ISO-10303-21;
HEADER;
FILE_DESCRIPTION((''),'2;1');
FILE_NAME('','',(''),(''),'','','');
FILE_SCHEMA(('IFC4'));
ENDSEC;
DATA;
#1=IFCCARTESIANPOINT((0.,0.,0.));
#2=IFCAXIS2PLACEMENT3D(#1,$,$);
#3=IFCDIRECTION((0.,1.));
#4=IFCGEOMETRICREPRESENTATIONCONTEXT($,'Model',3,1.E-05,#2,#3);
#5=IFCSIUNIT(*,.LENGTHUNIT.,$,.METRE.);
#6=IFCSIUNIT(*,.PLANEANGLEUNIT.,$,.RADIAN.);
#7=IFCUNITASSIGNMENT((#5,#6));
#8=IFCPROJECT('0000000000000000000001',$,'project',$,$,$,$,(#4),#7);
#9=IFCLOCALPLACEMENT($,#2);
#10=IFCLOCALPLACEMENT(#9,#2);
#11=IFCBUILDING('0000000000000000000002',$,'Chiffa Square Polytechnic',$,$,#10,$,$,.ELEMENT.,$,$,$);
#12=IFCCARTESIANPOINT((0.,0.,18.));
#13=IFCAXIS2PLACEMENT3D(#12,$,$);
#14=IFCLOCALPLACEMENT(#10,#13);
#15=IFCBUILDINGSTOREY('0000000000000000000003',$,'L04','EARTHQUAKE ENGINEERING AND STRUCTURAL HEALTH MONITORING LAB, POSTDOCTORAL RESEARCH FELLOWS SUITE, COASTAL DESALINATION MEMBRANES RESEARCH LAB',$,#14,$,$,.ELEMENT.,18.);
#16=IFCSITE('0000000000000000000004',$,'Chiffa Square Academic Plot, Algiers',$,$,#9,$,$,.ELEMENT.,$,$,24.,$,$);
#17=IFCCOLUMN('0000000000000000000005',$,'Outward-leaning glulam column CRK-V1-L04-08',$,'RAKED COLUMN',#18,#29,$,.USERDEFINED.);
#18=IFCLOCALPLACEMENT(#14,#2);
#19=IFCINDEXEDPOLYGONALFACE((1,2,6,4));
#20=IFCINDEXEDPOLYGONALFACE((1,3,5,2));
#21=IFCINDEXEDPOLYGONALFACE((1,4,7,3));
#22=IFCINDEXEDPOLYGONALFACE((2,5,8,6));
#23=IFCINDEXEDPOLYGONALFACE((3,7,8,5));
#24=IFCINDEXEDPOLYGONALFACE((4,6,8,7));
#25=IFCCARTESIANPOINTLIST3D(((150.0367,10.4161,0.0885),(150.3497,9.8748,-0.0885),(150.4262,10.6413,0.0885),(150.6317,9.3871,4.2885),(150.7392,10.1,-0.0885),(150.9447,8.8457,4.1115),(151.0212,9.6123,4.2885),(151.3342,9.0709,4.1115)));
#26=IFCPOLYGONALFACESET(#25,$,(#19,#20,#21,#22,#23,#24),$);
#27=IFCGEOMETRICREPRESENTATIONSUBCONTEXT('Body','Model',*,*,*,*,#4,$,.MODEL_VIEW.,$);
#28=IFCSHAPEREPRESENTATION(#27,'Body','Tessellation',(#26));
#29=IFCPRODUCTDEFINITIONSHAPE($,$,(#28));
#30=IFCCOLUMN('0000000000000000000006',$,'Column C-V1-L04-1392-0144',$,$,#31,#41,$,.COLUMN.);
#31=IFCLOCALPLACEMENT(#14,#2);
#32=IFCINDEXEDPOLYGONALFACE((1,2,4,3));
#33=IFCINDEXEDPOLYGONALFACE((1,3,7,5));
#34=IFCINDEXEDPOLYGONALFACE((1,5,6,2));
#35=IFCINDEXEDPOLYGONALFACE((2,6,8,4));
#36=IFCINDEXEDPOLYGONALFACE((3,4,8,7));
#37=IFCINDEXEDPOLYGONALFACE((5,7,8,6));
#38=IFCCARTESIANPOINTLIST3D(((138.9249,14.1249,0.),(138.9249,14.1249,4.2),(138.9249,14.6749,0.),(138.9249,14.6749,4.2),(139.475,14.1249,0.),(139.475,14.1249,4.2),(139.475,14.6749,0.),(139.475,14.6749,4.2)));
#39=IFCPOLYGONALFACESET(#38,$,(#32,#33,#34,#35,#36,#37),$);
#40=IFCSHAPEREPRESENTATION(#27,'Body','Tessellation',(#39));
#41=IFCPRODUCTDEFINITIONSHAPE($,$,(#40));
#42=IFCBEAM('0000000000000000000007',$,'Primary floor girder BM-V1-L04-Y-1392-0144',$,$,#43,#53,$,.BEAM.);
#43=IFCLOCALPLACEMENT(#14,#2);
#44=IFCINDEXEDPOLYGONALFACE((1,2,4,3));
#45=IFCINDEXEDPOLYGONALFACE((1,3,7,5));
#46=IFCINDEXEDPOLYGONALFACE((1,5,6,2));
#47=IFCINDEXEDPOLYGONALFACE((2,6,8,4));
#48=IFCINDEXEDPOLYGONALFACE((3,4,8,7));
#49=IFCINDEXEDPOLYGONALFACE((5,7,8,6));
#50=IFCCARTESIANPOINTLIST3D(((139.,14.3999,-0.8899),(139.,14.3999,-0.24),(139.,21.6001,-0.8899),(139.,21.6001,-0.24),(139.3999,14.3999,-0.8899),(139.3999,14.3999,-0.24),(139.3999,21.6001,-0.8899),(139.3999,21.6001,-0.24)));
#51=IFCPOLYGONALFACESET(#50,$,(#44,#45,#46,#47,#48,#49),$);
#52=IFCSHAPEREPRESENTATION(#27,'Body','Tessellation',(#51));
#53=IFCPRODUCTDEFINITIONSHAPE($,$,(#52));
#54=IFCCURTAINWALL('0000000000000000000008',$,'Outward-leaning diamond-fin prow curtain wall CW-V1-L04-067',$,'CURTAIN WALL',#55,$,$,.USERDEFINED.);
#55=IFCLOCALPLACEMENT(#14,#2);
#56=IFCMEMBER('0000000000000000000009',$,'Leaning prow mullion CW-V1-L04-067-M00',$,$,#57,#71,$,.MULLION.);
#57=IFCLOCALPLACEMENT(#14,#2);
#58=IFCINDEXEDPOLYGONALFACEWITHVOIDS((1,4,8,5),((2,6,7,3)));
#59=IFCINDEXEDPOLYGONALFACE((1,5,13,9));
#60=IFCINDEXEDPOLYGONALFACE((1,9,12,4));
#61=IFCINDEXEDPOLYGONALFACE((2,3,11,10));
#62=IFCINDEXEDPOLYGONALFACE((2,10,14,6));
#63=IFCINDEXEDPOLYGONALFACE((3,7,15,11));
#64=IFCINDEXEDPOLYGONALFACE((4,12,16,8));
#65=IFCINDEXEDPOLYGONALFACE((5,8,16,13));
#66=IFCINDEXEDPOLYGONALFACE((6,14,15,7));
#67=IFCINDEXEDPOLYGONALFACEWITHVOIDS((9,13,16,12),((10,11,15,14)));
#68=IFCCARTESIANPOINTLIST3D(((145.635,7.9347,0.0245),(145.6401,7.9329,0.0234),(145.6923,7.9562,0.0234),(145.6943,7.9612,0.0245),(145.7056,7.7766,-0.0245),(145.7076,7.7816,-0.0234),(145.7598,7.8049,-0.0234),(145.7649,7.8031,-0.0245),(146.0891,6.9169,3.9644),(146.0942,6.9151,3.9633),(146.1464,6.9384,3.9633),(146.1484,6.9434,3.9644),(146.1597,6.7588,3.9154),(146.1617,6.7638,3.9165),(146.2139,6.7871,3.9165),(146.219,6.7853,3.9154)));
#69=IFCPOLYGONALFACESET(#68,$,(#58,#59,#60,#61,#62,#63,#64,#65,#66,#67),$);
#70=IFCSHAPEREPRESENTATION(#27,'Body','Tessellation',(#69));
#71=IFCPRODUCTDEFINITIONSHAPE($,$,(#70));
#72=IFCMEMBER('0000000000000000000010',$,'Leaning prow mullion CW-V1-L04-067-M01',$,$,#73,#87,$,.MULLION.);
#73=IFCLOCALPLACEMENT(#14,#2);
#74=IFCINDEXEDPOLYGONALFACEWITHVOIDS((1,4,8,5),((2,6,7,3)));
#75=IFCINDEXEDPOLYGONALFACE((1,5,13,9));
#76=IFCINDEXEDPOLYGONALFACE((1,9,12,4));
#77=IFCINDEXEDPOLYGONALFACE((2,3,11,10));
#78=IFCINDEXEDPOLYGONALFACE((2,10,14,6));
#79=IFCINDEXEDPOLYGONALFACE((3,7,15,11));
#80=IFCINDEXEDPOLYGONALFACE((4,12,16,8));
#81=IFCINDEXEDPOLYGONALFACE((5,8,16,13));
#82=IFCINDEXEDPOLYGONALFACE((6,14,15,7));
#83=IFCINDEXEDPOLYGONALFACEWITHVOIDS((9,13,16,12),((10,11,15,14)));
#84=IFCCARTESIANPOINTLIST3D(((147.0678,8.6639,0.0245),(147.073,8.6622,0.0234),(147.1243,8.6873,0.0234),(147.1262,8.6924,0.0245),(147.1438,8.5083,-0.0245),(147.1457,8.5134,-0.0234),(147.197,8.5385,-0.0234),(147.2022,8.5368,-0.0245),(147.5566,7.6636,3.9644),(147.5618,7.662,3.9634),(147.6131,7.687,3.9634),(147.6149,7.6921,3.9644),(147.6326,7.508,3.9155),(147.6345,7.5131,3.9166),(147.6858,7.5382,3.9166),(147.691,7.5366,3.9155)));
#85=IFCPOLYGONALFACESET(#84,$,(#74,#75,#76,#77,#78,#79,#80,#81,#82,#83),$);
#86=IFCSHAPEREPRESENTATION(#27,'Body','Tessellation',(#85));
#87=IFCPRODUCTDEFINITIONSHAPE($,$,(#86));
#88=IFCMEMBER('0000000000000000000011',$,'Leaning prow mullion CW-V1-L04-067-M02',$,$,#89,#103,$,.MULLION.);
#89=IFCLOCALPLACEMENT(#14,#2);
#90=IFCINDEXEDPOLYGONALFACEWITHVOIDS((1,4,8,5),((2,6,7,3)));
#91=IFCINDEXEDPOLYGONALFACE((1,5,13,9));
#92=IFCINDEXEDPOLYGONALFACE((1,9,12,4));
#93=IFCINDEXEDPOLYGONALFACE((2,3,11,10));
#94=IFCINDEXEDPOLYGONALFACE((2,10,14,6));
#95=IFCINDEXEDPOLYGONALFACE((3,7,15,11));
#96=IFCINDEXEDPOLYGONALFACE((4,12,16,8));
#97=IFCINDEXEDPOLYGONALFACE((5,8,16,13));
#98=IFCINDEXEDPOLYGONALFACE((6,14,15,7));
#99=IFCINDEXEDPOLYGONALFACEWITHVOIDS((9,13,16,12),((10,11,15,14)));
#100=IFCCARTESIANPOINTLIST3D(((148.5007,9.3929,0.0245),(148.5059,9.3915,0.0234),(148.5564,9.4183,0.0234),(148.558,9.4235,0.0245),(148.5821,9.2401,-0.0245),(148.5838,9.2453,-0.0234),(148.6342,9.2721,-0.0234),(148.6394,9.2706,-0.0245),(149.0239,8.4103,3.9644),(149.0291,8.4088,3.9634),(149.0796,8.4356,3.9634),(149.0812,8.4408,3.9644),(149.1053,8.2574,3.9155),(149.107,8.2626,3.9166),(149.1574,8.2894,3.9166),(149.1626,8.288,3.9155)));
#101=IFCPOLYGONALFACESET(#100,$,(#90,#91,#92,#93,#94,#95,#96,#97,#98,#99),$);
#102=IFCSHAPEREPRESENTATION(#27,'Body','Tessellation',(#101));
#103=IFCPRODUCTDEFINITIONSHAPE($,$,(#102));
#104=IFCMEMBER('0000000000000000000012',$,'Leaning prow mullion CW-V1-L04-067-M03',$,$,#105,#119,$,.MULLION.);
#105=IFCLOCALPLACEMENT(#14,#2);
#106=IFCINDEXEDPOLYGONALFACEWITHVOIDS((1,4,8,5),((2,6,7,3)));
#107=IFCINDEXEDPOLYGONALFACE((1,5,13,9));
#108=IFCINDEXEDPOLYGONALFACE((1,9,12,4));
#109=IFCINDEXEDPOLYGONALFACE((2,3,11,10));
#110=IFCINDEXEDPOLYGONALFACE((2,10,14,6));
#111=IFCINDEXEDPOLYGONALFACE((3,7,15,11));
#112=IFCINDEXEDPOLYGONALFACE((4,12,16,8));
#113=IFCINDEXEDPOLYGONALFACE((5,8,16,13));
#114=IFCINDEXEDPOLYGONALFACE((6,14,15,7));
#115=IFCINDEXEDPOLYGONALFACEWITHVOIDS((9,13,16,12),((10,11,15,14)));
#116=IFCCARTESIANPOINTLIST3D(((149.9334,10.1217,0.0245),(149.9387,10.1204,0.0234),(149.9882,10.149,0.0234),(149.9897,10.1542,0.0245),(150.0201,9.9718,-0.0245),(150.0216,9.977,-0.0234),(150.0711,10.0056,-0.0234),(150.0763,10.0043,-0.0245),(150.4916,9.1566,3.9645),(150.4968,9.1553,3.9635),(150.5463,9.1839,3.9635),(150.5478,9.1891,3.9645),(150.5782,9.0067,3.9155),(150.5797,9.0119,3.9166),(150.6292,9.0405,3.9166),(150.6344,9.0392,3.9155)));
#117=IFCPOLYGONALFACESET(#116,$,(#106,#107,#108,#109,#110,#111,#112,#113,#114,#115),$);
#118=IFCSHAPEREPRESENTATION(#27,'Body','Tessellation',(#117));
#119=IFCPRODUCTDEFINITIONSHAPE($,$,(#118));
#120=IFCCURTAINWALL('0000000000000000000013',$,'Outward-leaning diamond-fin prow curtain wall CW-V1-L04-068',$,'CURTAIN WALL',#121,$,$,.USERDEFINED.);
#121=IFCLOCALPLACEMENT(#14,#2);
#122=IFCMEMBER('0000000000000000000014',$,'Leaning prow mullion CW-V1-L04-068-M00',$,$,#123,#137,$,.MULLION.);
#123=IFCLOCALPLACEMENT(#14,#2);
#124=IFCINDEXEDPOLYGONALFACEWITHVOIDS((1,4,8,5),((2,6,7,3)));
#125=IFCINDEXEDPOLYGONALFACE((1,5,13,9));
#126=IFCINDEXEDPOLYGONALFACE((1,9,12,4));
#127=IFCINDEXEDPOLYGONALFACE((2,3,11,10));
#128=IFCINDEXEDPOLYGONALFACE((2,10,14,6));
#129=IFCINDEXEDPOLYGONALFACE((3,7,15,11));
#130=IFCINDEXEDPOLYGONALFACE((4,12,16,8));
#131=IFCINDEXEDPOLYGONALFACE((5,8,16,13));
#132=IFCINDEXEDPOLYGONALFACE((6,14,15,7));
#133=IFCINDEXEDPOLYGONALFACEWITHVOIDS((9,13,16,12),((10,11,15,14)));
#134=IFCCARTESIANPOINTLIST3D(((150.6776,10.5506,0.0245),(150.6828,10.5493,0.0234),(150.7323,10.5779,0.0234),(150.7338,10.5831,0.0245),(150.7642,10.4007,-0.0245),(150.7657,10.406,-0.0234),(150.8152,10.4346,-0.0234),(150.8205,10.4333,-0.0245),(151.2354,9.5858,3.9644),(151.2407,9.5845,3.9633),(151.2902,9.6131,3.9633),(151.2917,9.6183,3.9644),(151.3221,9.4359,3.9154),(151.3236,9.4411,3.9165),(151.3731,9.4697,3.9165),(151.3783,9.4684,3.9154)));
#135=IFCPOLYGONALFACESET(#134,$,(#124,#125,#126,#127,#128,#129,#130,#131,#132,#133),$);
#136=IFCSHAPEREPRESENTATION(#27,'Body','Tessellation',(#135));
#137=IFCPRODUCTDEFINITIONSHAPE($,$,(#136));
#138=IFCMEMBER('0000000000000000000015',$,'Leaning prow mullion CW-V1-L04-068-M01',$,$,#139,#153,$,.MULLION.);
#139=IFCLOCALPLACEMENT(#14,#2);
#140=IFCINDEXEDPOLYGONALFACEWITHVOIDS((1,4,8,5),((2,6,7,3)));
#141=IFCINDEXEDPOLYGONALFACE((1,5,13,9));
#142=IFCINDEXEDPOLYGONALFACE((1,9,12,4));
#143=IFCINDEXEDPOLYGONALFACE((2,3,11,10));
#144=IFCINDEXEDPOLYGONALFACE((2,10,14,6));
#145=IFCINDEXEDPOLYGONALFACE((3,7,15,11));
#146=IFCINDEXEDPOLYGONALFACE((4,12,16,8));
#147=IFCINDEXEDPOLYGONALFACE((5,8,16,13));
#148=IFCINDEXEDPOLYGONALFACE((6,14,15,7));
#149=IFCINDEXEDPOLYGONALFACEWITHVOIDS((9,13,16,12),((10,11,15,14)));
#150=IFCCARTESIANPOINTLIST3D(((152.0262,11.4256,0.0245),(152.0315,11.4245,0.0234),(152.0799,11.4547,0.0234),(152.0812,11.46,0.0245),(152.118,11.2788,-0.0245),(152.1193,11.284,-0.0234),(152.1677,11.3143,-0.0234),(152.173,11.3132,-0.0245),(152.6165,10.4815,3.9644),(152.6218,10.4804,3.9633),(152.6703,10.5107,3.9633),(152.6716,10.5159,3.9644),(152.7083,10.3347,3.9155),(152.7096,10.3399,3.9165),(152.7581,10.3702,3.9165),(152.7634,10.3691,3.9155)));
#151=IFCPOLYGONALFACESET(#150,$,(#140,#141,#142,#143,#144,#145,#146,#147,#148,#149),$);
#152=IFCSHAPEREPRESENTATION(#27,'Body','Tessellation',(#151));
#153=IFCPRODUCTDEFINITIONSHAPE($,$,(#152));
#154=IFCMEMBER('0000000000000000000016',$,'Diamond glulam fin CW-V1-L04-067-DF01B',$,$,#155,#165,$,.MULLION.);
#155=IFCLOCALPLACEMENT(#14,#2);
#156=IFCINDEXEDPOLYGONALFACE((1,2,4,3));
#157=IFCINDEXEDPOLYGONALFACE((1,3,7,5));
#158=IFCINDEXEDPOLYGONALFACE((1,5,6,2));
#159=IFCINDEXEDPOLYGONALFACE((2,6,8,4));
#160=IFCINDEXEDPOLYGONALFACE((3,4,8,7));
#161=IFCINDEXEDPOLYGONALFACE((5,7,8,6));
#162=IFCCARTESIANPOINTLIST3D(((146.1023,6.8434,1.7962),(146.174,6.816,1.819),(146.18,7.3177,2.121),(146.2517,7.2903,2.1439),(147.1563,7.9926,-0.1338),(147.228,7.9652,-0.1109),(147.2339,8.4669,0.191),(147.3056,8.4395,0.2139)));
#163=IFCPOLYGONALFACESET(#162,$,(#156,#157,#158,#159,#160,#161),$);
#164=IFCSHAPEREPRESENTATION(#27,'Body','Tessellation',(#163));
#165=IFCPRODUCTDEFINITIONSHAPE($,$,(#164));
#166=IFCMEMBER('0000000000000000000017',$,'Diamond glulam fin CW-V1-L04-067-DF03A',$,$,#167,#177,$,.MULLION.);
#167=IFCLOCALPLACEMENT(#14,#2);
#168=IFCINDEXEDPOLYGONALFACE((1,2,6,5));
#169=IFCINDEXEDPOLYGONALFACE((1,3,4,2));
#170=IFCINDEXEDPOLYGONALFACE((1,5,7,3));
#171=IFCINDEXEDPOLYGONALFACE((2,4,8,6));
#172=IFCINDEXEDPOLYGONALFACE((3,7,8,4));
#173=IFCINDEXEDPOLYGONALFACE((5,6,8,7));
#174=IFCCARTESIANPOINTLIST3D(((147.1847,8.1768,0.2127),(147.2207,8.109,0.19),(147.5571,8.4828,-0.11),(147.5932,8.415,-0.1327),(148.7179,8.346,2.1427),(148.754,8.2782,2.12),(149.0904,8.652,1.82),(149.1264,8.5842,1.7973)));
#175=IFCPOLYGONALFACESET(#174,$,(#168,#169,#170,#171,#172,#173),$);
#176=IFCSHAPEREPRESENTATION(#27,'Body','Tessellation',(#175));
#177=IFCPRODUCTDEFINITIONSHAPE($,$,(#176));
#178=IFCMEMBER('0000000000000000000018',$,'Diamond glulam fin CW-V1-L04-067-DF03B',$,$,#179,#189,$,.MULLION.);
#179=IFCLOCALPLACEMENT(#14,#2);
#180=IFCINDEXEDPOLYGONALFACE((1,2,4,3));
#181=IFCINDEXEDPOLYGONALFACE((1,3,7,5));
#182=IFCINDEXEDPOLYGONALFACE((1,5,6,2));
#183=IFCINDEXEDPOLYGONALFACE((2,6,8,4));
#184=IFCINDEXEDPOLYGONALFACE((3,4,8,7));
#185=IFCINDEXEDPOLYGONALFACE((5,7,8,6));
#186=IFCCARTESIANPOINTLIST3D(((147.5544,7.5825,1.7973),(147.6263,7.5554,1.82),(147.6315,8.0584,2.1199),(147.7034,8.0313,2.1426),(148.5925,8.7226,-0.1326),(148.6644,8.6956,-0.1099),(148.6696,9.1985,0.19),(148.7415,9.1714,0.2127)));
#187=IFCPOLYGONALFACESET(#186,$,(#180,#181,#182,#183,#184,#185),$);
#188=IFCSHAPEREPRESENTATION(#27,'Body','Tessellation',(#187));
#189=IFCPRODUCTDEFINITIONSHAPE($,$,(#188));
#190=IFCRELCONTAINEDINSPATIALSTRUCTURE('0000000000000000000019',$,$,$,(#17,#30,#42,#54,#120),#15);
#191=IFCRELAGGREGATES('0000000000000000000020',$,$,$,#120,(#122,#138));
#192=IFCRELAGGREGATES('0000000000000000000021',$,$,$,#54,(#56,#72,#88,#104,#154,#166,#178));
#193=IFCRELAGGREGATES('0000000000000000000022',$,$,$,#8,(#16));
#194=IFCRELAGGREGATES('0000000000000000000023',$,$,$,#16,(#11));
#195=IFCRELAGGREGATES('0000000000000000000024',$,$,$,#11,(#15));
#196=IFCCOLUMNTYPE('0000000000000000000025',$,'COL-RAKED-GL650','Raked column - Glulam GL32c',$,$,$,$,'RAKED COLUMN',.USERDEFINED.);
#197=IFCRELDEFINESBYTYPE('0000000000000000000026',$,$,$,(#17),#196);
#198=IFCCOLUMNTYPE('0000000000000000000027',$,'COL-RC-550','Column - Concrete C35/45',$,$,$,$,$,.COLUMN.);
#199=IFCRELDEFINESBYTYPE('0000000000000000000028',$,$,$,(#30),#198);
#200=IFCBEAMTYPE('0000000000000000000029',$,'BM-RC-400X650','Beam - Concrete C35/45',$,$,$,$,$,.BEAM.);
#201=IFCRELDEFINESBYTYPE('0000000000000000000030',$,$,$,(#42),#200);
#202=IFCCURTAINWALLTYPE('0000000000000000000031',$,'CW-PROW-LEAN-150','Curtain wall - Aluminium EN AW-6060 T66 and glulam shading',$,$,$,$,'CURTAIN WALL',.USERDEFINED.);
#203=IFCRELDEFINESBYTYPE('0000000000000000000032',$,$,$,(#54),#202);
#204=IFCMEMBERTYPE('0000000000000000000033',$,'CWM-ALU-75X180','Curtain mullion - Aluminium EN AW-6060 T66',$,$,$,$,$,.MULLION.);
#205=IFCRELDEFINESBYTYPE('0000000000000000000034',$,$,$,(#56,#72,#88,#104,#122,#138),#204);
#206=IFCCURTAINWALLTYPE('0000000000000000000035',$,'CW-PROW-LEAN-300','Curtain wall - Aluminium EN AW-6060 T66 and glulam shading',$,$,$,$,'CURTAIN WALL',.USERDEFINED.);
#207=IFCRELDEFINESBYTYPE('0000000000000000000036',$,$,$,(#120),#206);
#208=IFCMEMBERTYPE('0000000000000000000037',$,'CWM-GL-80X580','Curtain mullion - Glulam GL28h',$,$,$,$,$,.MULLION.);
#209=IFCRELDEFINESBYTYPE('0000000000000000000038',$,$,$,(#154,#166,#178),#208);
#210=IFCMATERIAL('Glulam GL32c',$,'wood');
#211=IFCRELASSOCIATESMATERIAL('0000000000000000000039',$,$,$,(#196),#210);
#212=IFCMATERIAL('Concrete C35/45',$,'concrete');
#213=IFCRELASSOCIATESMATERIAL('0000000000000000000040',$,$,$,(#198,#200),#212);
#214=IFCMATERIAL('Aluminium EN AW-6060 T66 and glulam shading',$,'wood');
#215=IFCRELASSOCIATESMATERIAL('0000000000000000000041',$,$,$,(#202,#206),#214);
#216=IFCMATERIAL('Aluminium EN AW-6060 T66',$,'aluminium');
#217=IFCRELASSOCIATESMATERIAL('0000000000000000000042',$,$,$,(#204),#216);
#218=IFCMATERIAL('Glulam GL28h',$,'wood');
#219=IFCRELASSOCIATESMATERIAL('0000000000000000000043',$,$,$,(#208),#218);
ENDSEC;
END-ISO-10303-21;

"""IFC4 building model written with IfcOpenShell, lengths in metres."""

from ifc_helpers import new_model, si_unit, direction, frame, origin, origin_2d, place, context, subcontext, project, spatial, rectangle, hollow_rectangle, extrude, material, material_profile, profile_set, type_object, element, aggregate, save


model = new_model("IFC4")

# Units and contexts
model_context = context("Model", 3, precision=1e-05, world=origin(), true_north=direction((0.0, 1.0)))
body_context = subcontext(model_context, "Body", "Model", "MODEL_VIEW")
ifc_project = project(units=[si_unit("LENGTHUNIT", "METRE"), si_unit("PLANEANGLEUNIT", "RADIAN")], contexts=[model_context])

# Site, building, storey
site_placement = place(None, origin())
site = spatial("IfcSite", under=ifc_project, at=site_placement, Name="Chiffa Square Academic Plot, Algiers", CompositionType="ELEMENT", RefElevation=24.0)
building_placement = place(site_placement, origin())
building = spatial("IfcBuilding", under=site, at=building_placement, Name="Chiffa Square Polytechnic", CompositionType="ELEMENT")
storey_placement = place(building_placement, frame((0.0, 0.0, 18.0)))
storey = spatial("IfcBuildingStorey", under=building, at=storey_placement, Name="L04", Description="EARTHQUAKE ENGINEERING AND STRUCTURAL HEALTH MONITORING LAB, POSTDOCTORAL RESEARCH FELLOWS SUITE, COASTAL DESALINATION MEMBRANES RESEARCH LAB", CompositionType="ELEMENT", Elevation=18.0)

# Columns
ifc_material_1 = material(Name="Glulam GL32c", Category="wood")
ifc_material_profile_1 = material_profile(ifc_material_1, rectangle(XDim=0.45, YDim=0.6499, at=origin_2d()), Name="GL32c 450x650")
ifc_profile_set_1 = profile_set([ifc_material_profile_1], Name="Glulam GL32c")
column_type_1 = type_object("IfcColumnType", Name="COL-RAKED-GL650", Description="Raked column - Glulam GL32c", ElementType="RAKED COLUMN", PredefinedType="USERDEFINED", material=ifc_profile_set_1)
column_1_placement = place(storey_placement, frame((150.3879, 10.2581, 0.0), z_axis=(0.136307, -0.235755, 0.962206), x_axis=(0.865717, 0.500534, 0.0)))
element("IfcColumn", 1, at=column_1_placement, inside=storey, type_object=column_type_1, Name="Outward-leaning glulam column CRK-V1-L04-08", ObjectType="RAKED COLUMN", PredefinedType="USERDEFINED", context=body_context, shape_type="SweptSolid", body=[
    extrude(rectangle(XDim=0.45, YDim=0.6499, at=origin_2d()), origin(), (0.0, 0.0, 1.0), 4.365),
])
ifc_material_2 = material(Name="Concrete C35/45", Category="concrete")
ifc_material_profile_2 = material_profile(ifc_material_2, rectangle(XDim=0.55, YDim=0.55, at=origin_2d()), Name="RC 550x550")
ifc_profile_set_2 = profile_set([ifc_material_profile_2], Name="Concrete C35/45")
column_type_2 = type_object("IfcColumnType", Name="COL-RC-550", Description="Column - Concrete C35/45", PredefinedType="COLUMN", material=ifc_profile_set_2)
column_2_placement = place(storey_placement, frame((139.2, 14.3999, 0.0), z_axis=(0.0, 0.0, 1.0), x_axis=(1.0, 0.0, 0.0)))
element("IfcColumn", 2, at=column_2_placement, inside=storey, type_object=column_type_2, Name="Column C-V1-L04-1392-0144", PredefinedType="COLUMN", context=body_context, shape_type="SweptSolid", body=[
    extrude(rectangle(XDim=0.55, YDim=0.55, at=origin_2d()), origin(), (0.0, 0.0, 1.0), 4.2),
])

# Beam
ifc_material_profile_3 = material_profile(ifc_material_2, rectangle(XDim=0.3999, YDim=0.6499, at=origin_2d()), Name="RC 400x650")
ifc_profile_set_3 = profile_set([ifc_material_profile_3], Name="Concrete C35/45")
beam_type_1 = type_object("IfcBeamType", Name="BM-RC-400X650", Description="Beam - Concrete C35/45", PredefinedType="BEAM", material=ifc_profile_set_3)
beam_1_placement = place(storey_placement, frame((139.2, 14.3999, -0.5649), z_axis=(0.0, 1.0, 0.0), x_axis=(-1.0, 0.0, 0.0)))
element("IfcBeam", 3, at=beam_1_placement, inside=storey, type_object=beam_type_1, Name="Primary floor girder BM-V1-L04-Y-1392-0144", PredefinedType="BEAM", context=body_context, shape_type="SweptSolid", body=[
    extrude(rectangle(XDim=0.3999, YDim=0.6499, at=origin_2d()), origin(), (0.0, 0.0, 1.0), 7.2002),
])

# Curtain walls, members
ifc_material_3 = material(Name="Aluminium EN AW-6060 T66 and glulam shading", Category="wood")
curtain_wall_type_1 = type_object("IfcCurtainWallType", Name="CW-PROW-LEAN-150", Description="Curtain wall - Aluminium EN AW-6060 T66 and glulam shading", ElementType="CURTAIN WALL", PredefinedType="USERDEFINED", material=ifc_material_3)
curtain_wall_1_placement = place(storey_placement, origin())
curtain_wall_1 = element("IfcCurtainWall", 4, at=curtain_wall_1_placement, inside=storey, type_object=curtain_wall_type_1, Name="Outward-leaning diamond-fin prow curtain wall CW-V1-L04-067", ObjectType="CURTAIN WALL", PredefinedType="USERDEFINED")
ifc_material_4 = material(Name="Aluminium EN AW-6060 T66", Category="aluminium")
ifc_material_profile_4 = material_profile(ifc_material_4, hollow_rectangle(XDim=0.0649, YDim=0.1799, WallThickness=0.0039, at=origin_2d()), Name="ALU 65x180x4")
ifc_profile_set_4 = profile_set([ifc_material_profile_4], Name="Aluminium EN AW-6060 T66")
member_type_1 = type_object("IfcMemberType", Name="CWM-ALU-75X180", Description="Curtain mullion - Aluminium EN AW-6060 T66", PredefinedType="MULLION", material=ifc_profile_set_4)
member_1_placement = place(storey_placement, frame((145.7, 7.8689, 0.0), z_axis=(0.110904, -0.24858, 0.962241), x_axis=(0.913233, 0.407439, 0.0)))
member_1 = element("IfcMember", 5, at=member_1_placement, type_object=member_type_1, Name="Leaning prow mullion CW-V1-L04-067-M00", PredefinedType="MULLION", context=body_context, shape_type="SweptSolid", body=[
    extrude(hollow_rectangle(XDim=0.0649, YDim=0.1799, WallThickness=0.0039, at=origin_2d()), origin(), (0.0, 0.0, 1.0), 4.0945),
])
member_2_placement = place(storey_placement, frame((147.135, 8.6003, 0.0), z_axis=(0.119381, -0.244307, 0.962321), x_axis=(0.898469, 0.439037, 0.0)))
member_2 = element("IfcMember", 6, at=member_2_placement, type_object=member_type_1, Name="Leaning prow mullion CW-V1-L04-067-M01", PredefinedType="MULLION", context=body_context, shape_type="SweptSolid", body=[
    extrude(hollow_rectangle(XDim=0.0649, YDim=0.1799, WallThickness=0.0039, at=origin_2d()), origin(), (0.0, 0.0, 1.0), 4.0942),
])
member_3_placement = place(storey_placement, frame((148.5701, 9.3318, 0.0), z_axis=(0.127789, -0.240014, 0.962322), x_axis=(0.882687, 0.469962, 0.0)))
member_3 = element("IfcMember", 7, at=member_3_placement, type_object=member_type_1, Name="Leaning prow mullion CW-V1-L04-067-M02", PredefinedType="MULLION", context=body_context, shape_type="SweptSolid", body=[
    extrude(hollow_rectangle(XDim=0.0649, YDim=0.1799, WallThickness=0.0039, at=origin_2d()), origin(), (0.0, 0.0, 1.0), 4.0942),
])
member_4_placement = place(storey_placement, frame((150.0049, 10.063, 0.0), z_axis=(0.136302, -0.235696, 0.962221), x_axis=(0.865671, 0.500613, 0.0)))
member_4 = element("IfcMember", 8, at=member_4_placement, type_object=member_type_1, Name="Leaning prow mullion CW-V1-L04-067-M03", PredefinedType="MULLION", context=body_context, shape_type="SweptSolid", body=[
    extrude(hollow_rectangle(XDim=0.0649, YDim=0.1799, WallThickness=0.0039, at=origin_2d()), origin(), (0.0, 0.0, 1.0), 4.0947),
])
curtain_wall_type_2 = type_object("IfcCurtainWallType", Name="CW-PROW-LEAN-300", Description="Curtain wall - Aluminium EN AW-6060 T66 and glulam shading", ElementType="CURTAIN WALL", PredefinedType="USERDEFINED", material=ifc_material_3)
curtain_wall_2_placement = place(storey_placement, origin())
curtain_wall_2 = element("IfcCurtainWall", 9, at=curtain_wall_2_placement, inside=storey, type_object=curtain_wall_type_2, Name="Outward-leaning diamond-fin prow curtain wall CW-V1-L04-068", ObjectType="CURTAIN WALL", PredefinedType="USERDEFINED")
member_5_placement = place(storey_placement, frame((150.749, 10.4919, 0.0), z_axis=(0.136245, -0.235641, 0.962242), x_axis=(0.865711, 0.500544, 0.0)))
member_5 = element("IfcMember", 10, at=member_5_placement, type_object=member_type_1, Name="Leaning prow mullion CW-V1-L04-068-M00", PredefinedType="MULLION", context=body_context, shape_type="SweptSolid", body=[
    extrude(hollow_rectangle(XDim=0.0649, YDim=0.1799, WallThickness=0.0039, at=origin_2d()), origin(), (0.0, 0.0, 1.0), 4.0945),
])
member_6_placement = place(storey_placement, frame((152.0996, 11.3694, 0.0), z_axis=(0.144185, -0.230589, 0.962309), x_axis=(0.847887, 0.530176, 0.0)))
member_6 = element("IfcMember", 11, at=member_6_placement, type_object=member_type_1, Name="Leaning prow mullion CW-V1-L04-068-M01", PredefinedType="MULLION", context=body_context, shape_type="SweptSolid", body=[
    extrude(hollow_rectangle(XDim=0.0649, YDim=0.1799, WallThickness=0.0039, at=origin_2d()), origin(), (0.0, 0.0, 1.0), 4.0942),
])

# Members
ifc_material_5 = material(Name="Glulam GL28h", Category="wood")
ifc_material_profile_5 = material_profile(ifc_material_5, rectangle(XDim=0.0801, YDim=0.5801, at=origin_2d()), Name="GL28h 80x580")
ifc_profile_set_5 = profile_set([ifc_material_profile_5], Name="Glulam GL28h")
member_type_2 = type_object("IfcMemberType", Name="CWM-GL-80X580", Description="Curtain mullion - Glulam GL28h", PredefinedType="MULLION", material=ifc_profile_set_5)
member_7_placement = place(storey_placement, frame((147.231, 8.2161, 0.04), z_axis=(-0.424787, -0.463162, 0.777841), x_axis=(0.895341, -0.341995, 0.285315)))
member_7 = element("IfcMember", 12, at=member_7_placement, type_object=member_type_2, Name="Diamond glulam fin CW-V1-L04-067-DF01B", PredefinedType="MULLION", context=body_context, shape_type="SweptSolid", body=[
    extrude(rectangle(XDim=0.0801, YDim=0.5801, at=origin_2d()), origin(), (0.0, 0.0, 1.0), 2.4812),
])
member_8_placement = place(storey_placement, frame((147.3889, 8.2959, 0.04), z_axis=(0.620574, 0.068481, 0.781152), x_axis=(-0.450226, 0.846733, 0.283445)))
member_8 = element("IfcMember", 13, at=member_8_placement, type_object=member_type_2, Name="Diamond glulam fin CW-V1-L04-067-DF03A", PredefinedType="MULLION", context=body_context, shape_type="SweptSolid", body=[
    extrude(rectangle(XDim=0.0801, YDim=0.5801, at=origin_2d()), origin(), (0.0, 0.0, 1.0), 2.4707),
])
member_9_placement = place(storey_placement, frame((148.667, 8.947, 0.04), z_axis=(-0.420234, -0.461546, 0.781268), x_axis=(0.897622, -0.337596, 0.283379)))
member_9 = element("IfcMember", 14, at=member_9_placement, type_object=member_type_2, Name="Diamond glulam fin CW-V1-L04-067-DF03B", PredefinedType="MULLION", context=body_context, shape_type="SweptSolid", body=[
    extrude(rectangle(XDim=0.0801, YDim=0.5801, at=origin_2d()), origin(), (0.0, 0.0, 1.0), 2.4702),
])

aggregate(curtain_wall_2, [member_5, member_6])
aggregate(curtain_wall_1, [member_1, member_2, member_3, member_4, member_7, member_8, member_9])

save(model, "model.ifc")
